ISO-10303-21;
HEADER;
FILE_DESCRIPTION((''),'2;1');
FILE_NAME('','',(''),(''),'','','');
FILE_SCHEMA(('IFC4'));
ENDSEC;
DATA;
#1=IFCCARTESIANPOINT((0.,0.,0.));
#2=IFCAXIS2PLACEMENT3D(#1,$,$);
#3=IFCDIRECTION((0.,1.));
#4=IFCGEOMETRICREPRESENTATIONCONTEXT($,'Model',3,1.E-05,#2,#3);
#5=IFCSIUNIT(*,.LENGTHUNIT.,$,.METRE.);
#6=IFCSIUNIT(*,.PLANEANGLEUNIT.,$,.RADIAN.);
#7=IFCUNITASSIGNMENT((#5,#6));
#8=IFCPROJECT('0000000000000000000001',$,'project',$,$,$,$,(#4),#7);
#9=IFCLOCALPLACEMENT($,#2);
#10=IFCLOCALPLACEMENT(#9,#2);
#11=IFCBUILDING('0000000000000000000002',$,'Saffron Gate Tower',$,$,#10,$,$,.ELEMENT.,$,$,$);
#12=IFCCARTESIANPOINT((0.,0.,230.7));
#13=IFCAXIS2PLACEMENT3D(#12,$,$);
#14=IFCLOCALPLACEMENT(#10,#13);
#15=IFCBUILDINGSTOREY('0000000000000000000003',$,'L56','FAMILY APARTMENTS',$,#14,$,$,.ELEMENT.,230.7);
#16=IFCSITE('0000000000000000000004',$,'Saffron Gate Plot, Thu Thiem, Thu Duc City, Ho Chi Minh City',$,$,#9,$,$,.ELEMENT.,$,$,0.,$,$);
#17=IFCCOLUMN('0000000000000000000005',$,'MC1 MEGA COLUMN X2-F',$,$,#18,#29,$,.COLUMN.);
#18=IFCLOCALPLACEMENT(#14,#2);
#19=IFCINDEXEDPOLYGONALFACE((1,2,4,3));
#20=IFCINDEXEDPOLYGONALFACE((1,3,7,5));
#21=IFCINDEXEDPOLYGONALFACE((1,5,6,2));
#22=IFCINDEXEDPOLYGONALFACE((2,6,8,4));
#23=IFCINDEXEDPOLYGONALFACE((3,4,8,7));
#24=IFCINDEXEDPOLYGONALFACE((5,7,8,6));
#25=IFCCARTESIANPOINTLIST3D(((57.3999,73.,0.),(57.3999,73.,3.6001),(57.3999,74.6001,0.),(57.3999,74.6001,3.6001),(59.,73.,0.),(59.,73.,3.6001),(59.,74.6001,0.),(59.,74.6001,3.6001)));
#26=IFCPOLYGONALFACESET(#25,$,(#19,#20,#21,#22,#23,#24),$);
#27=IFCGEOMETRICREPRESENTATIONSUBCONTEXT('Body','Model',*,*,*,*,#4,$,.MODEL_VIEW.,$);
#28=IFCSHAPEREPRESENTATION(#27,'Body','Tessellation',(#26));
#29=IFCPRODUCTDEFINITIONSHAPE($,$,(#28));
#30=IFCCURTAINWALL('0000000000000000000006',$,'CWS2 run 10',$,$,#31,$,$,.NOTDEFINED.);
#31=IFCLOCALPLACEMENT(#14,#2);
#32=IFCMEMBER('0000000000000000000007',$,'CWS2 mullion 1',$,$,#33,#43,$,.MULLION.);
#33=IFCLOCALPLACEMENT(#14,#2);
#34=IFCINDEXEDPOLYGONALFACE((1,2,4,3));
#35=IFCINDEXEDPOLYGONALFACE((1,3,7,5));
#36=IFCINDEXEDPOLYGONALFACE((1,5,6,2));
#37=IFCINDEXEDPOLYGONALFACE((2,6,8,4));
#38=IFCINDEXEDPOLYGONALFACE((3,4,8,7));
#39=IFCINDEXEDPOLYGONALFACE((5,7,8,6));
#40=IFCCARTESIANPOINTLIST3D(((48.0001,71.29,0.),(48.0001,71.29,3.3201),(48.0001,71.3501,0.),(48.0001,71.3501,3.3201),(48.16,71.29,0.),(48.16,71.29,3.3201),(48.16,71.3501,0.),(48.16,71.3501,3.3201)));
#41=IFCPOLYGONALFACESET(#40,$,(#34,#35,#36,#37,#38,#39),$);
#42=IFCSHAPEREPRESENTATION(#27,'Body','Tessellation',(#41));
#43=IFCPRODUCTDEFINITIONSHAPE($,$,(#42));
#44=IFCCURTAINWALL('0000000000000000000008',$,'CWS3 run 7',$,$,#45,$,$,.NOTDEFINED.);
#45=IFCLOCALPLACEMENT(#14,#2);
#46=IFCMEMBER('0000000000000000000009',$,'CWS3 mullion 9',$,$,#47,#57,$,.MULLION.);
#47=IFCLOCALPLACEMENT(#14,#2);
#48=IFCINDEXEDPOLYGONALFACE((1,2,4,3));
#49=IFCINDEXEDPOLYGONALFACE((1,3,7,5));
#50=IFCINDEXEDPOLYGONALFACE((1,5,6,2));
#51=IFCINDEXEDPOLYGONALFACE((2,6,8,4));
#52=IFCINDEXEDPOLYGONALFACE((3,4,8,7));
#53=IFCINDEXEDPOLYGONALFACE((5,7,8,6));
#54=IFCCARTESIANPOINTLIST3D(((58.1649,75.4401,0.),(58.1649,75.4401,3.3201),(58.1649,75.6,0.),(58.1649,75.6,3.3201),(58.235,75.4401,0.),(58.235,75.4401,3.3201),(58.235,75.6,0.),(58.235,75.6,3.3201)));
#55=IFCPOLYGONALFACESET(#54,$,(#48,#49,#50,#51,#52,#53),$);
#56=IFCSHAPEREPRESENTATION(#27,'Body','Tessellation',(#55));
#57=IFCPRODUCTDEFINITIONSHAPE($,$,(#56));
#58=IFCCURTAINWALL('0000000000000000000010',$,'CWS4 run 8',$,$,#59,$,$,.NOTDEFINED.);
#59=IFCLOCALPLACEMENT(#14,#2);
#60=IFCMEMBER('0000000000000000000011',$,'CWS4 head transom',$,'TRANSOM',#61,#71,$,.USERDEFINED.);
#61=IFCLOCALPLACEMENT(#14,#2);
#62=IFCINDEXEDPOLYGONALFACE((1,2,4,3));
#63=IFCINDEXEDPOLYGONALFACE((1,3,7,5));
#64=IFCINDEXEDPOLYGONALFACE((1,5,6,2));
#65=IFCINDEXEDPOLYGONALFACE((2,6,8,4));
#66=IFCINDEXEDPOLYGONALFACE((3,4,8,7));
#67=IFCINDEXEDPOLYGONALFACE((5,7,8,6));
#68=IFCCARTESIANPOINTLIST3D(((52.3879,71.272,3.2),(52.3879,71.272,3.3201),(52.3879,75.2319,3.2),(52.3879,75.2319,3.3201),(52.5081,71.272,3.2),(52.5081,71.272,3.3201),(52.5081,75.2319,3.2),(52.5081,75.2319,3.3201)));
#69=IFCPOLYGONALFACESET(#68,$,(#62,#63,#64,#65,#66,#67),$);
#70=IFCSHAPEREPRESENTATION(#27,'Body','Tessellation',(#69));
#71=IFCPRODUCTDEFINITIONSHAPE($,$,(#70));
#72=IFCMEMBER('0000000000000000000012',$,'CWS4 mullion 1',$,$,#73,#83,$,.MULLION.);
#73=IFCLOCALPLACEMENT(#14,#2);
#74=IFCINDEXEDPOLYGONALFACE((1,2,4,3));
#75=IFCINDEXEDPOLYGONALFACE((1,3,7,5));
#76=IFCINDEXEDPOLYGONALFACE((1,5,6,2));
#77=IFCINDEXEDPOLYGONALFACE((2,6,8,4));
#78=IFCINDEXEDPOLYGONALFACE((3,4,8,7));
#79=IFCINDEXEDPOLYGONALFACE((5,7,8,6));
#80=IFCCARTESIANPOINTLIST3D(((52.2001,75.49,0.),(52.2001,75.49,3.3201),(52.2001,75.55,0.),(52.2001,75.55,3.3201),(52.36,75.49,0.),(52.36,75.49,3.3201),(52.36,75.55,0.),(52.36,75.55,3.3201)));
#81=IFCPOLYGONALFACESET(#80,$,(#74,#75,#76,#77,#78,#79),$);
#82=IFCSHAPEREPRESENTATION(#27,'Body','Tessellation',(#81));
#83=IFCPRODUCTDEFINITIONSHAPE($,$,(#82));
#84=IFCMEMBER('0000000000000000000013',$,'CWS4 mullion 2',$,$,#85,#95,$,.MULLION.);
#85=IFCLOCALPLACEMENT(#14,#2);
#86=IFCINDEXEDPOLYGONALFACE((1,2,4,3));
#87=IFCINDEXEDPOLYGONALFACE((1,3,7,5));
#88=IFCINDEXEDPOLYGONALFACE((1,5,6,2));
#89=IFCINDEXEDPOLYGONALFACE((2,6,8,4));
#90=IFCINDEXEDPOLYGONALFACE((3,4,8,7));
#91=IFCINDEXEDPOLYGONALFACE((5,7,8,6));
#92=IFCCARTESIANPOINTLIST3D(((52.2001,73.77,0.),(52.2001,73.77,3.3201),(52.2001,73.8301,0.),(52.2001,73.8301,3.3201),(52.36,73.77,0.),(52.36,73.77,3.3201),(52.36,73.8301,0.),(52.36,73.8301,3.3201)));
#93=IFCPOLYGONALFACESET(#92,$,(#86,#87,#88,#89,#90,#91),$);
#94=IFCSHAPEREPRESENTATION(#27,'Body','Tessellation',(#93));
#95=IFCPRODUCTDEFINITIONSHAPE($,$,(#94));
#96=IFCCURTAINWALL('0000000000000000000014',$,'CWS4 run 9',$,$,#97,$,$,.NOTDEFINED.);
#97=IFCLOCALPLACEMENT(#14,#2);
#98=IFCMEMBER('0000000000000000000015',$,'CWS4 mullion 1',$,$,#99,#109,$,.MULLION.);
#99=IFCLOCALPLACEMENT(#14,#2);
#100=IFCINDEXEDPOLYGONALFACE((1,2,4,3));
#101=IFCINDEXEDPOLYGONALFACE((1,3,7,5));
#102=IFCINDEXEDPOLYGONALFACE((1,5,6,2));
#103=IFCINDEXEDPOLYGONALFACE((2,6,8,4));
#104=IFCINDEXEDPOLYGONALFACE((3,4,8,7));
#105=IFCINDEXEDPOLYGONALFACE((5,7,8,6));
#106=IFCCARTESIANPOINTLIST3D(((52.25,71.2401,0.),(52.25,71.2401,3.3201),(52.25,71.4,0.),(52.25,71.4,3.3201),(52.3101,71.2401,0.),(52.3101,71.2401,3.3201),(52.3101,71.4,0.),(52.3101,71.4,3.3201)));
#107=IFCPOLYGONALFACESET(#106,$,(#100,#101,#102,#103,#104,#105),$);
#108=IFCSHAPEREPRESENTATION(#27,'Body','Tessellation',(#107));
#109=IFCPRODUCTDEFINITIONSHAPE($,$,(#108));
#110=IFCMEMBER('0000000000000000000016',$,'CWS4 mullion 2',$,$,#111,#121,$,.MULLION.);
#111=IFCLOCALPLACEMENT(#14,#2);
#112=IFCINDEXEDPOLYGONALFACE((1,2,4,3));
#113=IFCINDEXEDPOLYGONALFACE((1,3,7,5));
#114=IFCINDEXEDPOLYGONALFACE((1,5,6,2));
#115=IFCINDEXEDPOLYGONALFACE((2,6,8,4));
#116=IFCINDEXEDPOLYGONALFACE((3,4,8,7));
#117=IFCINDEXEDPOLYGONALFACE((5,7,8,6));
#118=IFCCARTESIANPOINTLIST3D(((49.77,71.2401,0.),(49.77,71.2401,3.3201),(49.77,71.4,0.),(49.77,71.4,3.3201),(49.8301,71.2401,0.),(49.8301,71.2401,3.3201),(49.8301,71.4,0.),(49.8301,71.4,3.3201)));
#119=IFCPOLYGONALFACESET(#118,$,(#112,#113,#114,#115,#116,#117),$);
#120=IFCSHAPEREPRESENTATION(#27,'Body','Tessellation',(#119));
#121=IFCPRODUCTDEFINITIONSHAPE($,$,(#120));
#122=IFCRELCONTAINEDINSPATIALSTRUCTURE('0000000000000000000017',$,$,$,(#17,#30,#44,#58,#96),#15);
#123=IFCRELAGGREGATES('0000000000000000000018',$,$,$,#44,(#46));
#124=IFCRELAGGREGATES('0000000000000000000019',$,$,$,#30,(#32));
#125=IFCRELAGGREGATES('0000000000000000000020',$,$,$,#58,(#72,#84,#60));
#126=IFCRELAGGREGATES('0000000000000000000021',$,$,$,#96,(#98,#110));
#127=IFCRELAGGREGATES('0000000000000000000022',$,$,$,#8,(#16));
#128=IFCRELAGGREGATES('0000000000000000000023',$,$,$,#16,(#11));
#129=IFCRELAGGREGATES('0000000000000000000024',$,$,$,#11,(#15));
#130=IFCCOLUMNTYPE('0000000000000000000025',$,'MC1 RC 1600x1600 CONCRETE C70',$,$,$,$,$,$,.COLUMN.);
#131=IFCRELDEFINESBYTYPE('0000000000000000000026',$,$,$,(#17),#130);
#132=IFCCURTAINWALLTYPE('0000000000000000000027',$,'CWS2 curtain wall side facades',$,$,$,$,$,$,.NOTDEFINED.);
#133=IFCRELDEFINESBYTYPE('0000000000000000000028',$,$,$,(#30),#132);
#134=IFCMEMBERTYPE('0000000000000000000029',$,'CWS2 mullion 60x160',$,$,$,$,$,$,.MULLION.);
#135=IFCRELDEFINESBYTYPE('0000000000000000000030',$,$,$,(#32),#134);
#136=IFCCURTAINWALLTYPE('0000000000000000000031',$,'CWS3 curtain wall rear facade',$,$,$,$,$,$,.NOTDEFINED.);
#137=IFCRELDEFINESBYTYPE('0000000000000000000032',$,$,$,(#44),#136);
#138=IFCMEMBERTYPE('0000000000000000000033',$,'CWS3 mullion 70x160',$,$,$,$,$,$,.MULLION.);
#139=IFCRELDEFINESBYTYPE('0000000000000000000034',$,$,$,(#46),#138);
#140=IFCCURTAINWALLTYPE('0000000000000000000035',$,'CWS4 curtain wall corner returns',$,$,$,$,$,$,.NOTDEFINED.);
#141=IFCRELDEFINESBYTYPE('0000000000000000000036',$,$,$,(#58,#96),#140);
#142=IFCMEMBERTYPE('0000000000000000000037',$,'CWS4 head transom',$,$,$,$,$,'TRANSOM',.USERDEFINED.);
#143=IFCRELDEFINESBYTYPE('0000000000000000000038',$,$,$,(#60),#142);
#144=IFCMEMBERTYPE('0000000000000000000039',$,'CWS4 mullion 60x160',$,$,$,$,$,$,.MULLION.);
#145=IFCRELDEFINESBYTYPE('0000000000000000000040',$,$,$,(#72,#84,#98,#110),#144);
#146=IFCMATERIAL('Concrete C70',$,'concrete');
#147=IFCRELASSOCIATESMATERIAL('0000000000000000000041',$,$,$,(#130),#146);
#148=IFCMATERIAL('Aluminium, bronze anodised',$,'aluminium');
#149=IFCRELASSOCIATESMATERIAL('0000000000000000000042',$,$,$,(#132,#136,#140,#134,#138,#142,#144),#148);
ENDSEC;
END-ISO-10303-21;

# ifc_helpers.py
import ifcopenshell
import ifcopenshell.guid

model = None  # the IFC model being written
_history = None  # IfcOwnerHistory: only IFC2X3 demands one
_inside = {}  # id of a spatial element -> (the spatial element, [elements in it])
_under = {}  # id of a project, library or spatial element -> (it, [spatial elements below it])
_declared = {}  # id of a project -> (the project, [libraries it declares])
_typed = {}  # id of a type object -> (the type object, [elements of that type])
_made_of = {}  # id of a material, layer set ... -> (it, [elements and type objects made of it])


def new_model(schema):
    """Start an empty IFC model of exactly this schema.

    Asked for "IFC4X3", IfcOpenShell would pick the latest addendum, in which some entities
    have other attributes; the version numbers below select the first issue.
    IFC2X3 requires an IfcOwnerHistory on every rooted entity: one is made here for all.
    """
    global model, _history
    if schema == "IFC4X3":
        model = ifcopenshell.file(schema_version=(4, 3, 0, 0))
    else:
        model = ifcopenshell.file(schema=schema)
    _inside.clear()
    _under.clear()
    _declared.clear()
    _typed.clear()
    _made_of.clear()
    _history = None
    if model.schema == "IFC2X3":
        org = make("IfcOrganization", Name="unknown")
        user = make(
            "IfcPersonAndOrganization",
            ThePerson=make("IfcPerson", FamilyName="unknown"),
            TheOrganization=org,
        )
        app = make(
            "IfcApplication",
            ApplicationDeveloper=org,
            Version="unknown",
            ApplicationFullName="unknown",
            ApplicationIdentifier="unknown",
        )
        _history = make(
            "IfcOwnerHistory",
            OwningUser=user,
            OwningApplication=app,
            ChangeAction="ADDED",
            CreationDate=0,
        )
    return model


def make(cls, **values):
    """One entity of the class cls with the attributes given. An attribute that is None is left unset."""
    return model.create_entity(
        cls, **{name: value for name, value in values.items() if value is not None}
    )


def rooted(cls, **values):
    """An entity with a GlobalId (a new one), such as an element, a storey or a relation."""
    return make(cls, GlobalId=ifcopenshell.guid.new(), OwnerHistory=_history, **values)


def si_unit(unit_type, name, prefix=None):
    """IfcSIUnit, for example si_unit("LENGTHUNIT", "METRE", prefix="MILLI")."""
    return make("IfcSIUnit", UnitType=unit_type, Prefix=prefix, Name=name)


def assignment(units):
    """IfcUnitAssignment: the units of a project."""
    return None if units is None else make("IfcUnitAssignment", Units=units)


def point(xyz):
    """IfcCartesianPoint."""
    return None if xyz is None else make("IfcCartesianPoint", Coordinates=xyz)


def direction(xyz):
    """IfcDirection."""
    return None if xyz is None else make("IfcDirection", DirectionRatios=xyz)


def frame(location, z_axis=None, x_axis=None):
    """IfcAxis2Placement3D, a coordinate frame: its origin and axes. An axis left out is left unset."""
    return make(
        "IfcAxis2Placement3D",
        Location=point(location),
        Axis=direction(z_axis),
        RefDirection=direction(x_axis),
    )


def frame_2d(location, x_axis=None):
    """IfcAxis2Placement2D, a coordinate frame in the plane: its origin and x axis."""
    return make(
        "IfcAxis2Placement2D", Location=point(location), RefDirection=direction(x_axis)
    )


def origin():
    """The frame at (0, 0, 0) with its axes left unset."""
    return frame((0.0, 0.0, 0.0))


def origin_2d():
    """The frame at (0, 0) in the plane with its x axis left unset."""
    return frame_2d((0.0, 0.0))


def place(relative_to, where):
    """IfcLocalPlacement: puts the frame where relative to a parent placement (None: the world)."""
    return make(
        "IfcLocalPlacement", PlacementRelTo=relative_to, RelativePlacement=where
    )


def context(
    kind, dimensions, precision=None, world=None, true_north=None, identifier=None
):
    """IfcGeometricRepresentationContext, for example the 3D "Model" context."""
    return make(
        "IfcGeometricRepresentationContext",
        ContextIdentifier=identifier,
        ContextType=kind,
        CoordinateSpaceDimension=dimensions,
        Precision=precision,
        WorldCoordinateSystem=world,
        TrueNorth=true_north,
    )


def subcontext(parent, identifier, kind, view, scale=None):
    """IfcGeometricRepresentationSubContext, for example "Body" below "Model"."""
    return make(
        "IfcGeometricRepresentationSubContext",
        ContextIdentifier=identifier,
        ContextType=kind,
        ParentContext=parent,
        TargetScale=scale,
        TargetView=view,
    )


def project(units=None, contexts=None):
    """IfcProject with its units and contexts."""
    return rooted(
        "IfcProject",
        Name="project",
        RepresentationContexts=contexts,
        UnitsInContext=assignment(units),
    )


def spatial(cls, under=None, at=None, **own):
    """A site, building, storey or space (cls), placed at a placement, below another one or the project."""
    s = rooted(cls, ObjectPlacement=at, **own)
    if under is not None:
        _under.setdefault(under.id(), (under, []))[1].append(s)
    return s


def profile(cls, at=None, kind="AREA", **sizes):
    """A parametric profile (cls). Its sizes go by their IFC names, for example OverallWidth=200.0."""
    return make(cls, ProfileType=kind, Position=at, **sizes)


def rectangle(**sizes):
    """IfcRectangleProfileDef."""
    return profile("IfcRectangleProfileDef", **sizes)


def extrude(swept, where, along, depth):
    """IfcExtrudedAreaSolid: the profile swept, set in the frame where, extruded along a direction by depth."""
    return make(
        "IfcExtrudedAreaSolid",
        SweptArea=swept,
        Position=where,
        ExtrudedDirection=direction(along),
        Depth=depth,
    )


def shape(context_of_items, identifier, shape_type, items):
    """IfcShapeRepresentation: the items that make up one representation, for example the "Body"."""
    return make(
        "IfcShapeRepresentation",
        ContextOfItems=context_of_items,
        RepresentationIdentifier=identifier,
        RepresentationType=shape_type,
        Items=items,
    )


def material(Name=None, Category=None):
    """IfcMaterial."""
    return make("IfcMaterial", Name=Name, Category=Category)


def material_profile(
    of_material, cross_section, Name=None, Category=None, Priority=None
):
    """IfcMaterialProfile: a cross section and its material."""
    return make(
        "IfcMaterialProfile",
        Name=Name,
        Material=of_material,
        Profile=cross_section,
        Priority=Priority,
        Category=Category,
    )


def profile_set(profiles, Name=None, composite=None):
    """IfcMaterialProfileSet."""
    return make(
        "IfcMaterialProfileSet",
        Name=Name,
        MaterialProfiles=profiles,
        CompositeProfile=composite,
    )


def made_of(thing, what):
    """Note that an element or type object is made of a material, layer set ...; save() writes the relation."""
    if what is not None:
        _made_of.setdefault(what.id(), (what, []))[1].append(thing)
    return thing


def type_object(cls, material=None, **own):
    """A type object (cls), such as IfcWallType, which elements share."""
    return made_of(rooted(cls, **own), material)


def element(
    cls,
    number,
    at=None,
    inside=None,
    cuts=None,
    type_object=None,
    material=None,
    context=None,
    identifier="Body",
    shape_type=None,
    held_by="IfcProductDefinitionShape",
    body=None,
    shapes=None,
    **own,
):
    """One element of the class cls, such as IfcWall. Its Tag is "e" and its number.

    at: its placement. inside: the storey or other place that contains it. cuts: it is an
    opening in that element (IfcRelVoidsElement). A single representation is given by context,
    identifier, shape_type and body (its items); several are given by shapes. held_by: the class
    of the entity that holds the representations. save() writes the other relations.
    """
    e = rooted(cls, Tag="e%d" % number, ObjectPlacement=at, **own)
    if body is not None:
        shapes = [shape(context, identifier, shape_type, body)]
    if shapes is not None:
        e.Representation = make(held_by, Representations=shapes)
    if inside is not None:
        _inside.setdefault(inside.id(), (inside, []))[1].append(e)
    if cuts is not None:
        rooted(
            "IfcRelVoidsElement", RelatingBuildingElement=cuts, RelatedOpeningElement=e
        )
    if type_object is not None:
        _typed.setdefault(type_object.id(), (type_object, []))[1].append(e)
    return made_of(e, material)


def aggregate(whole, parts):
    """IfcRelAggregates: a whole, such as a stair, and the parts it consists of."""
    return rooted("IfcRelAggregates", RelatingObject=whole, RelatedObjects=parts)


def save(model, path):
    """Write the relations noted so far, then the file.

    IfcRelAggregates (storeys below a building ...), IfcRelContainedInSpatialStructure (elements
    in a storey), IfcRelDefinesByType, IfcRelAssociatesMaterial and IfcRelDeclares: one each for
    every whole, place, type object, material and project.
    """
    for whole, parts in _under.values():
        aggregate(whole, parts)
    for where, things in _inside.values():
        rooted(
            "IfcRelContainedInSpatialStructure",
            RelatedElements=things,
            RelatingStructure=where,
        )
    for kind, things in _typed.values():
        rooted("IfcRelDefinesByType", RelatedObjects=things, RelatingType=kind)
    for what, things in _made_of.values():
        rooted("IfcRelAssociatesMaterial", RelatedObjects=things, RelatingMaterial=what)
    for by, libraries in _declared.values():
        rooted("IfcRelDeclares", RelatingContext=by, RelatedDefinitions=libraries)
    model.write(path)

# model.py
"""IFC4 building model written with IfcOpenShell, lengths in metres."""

from ifc_helpers import new_model, si_unit, direction, frame, origin, origin_2d, place, context, subcontext, project, spatial, rectangle, extrude, material, material_profile, profile_set, type_object, element, aggregate, save


model = new_model("IFC4")

# Units and contexts
model_context = context("Model", 3, precision=1e-05, world=origin(), true_north=direction((0.0, 1.0)))
body_context = subcontext(model_context, "Body", "Model", "MODEL_VIEW")
ifc_project = project(units=[si_unit("LENGTHUNIT", "METRE"), si_unit("PLANEANGLEUNIT", "RADIAN")], contexts=[model_context])

# Site, building, storey
site_placement = place(None, origin())
site = spatial("IfcSite", under=ifc_project, at=site_placement, Name="Saffron Gate Plot, Thu Thiem, Thu Duc City, Ho Chi Minh City", CompositionType="ELEMENT", RefElevation=0.0)
building_placement = place(site_placement, origin())
building = spatial("IfcBuilding", under=site, at=building_placement, Name="Saffron Gate Tower", CompositionType="ELEMENT")
storey_placement = place(building_placement, frame((0.0, 0.0, 230.7)))
storey = spatial("IfcBuildingStorey", under=building, at=storey_placement, Name="L56", Description="FAMILY APARTMENTS", CompositionType="ELEMENT", Elevation=230.7)

# Column
ifc_material_1 = material(Name="Concrete C70", Category="concrete")
ifc_material_profile_1 = material_profile(ifc_material_1, rectangle(XDim=1.6001, YDim=1.6001, at=origin_2d()))
ifc_profile_set_1 = profile_set([ifc_material_profile_1], Name="Concrete C70")
column_type = type_object("IfcColumnType", Name="MC1 RC 1600x1600 CONCRETE C70", PredefinedType="COLUMN", material=ifc_profile_set_1)
column_placement = place(storey_placement, frame((58.2, 73.8, 0.0), z_axis=(0.0, 0.0, 1.0), x_axis=(1.0, 0.0, 0.0)))
element("IfcColumn", 1, at=column_placement, inside=storey, type_object=column_type, Name="MC1 MEGA COLUMN X2-F", PredefinedType="COLUMN", context=body_context, shape_type="SweptSolid", body=[
    extrude(rectangle(XDim=1.6001, YDim=1.6001, at=origin_2d()), origin(), (0.0, 0.0, 1.0), 3.6001),
])

# Curtain walls, members
ifc_material_2 = material(Name="Aluminium, bronze anodised", Category="aluminium")
curtain_wall_type_1 = type_object("IfcCurtainWallType", Name="CWS2 curtain wall side facades", PredefinedType="NOTDEFINED", material=ifc_material_2)
curtain_wall_1_placement = place(storey_placement, origin())
curtain_wall_1 = element("IfcCurtainWall", 2, at=curtain_wall_1_placement, inside=storey, type_object=curtain_wall_type_1, Name="CWS2 run 10", PredefinedType="NOTDEFINED")
ifc_material_profile_2 = material_profile(ifc_material_2, rectangle(XDim=0.1599, YDim=0.0601, at=origin_2d()))
ifc_profile_set_2 = profile_set([ifc_material_profile_2], Name="Aluminium, bronze anodised")
member_type_1 = type_object("IfcMemberType", Name="CWS2 mullion 60x160", PredefinedType="MULLION", material=ifc_profile_set_2)
member_1_placement = place(storey_placement, frame((48.0801, 71.3201, 0.0), z_axis=(0.0, 0.0, 1.0), x_axis=(1.0, 0.0, 0.0)))
member_1 = element("IfcMember", 3, at=member_1_placement, type_object=member_type_1, Name="CWS2 mullion 1", PredefinedType="MULLION", context=body_context, shape_type="SweptSolid", body=[
    extrude(rectangle(XDim=0.1599, YDim=0.0601, at=origin_2d()), origin(), (0.0, 0.0, 1.0), 3.3201),
])
curtain_wall_type_2 = type_object("IfcCurtainWallType", Name="CWS3 curtain wall rear facade", PredefinedType="NOTDEFINED", material=ifc_material_2)
curtain_wall_2_placement = place(storey_placement, origin())
curtain_wall_2 = element("IfcCurtainWall", 4, at=curtain_wall_2_placement, inside=storey, type_object=curtain_wall_type_2, Name="CWS3 run 7", PredefinedType="NOTDEFINED")
ifc_material_profile_3 = material_profile(ifc_material_2, rectangle(XDim=0.1599, YDim=0.0701, at=origin_2d()))
ifc_profile_set_3 = profile_set([ifc_material_profile_3], Name="Aluminium, bronze anodised")
member_type_2 = type_object("IfcMemberType", Name="CWS3 mullion 70x160", PredefinedType="MULLION", material=ifc_profile_set_3)
member_2_placement = place(storey_placement, frame((58.2, 75.52, 0.0), z_axis=(0.0, 0.0, 1.0), x_axis=(0.0, -1.0, 0.0)))
member_2 = element("IfcMember", 5, at=member_2_placement, type_object=member_type_2, Name="CWS3 mullion 9", PredefinedType="MULLION", context=body_context, shape_type="SweptSolid", body=[
    extrude(rectangle(XDim=0.1599, YDim=0.0701, at=origin_2d()), origin(), (0.0, 0.0, 1.0), 3.3201),
])
aggregate(curtain_wall_2, [member_2])

# Curtain walls, members
curtain_wall_type_3 = type_object("IfcCurtainWallType", Name="CWS4 curtain wall corner returns", PredefinedType="NOTDEFINED", material=ifc_material_2)
curtain_wall_3_placement = place(storey_placement, origin())
curtain_wall_3 = element("IfcCurtainWall", 6, at=curtain_wall_3_placement, inside=storey, type_object=curtain_wall_type_3, Name="CWS4 run 8", PredefinedType="NOTDEFINED")
ifc_material_profile_4 = material_profile(ifc_material_2, rectangle(XDim=0.1201, YDim=0.1201, at=origin_2d()))
ifc_profile_set_4 = profile_set([ifc_material_profile_4], Name="Aluminium, bronze anodised")
member_type_3 = type_object("IfcMemberType", Name="CWS4 head transom", ElementType="TRANSOM", PredefinedType="USERDEFINED", material=ifc_profile_set_4)
member_3_placement = place(storey_placement, frame((52.448, 75.2319, 3.26), z_axis=(0.0, -1.0, 0.0), x_axis=(1.0, 0.0, 0.0)))
member_3 = element("IfcMember", 7, at=member_3_placement, type_object=member_type_3, Name="CWS4 head transom", ObjectType="TRANSOM", PredefinedType="USERDEFINED", context=body_context, shape_type="SweptSolid", body=[
    extrude(rectangle(XDim=0.1201, YDim=0.1201, at=origin_2d()), origin(), (0.0, 0.0, 1.0), 3.96),
])
ifc_material_profile_5 = material_profile(ifc_material_2, rectangle(XDim=0.1599, YDim=0.0601, at=origin_2d()))
ifc_profile_set_5 = profile_set([ifc_material_profile_5], Name="Aluminium, bronze anodised")
member_type_4 = type_object("IfcMemberType", Name="CWS4 mullion 60x160", PredefinedType="MULLION", material=ifc_profile_set_5)
member_4_placement = place(storey_placement, frame((52.28, 75.52, 0.0), z_axis=(0.0, 0.0, 1.0), x_axis=(1.0, 0.0, 0.0)))
member_4 = element("IfcMember", 8, at=member_4_placement, type_object=member_type_4, Name="CWS4 mullion 1", PredefinedType="MULLION", context=body_context, shape_type="SweptSolid", body=[
    extrude(rectangle(XDim=0.1599, YDim=0.0601, at=origin_2d()), origin(), (0.0, 0.0, 1.0), 3.3201),
])
member_5_placement = place(storey_placement, frame((52.28, 73.8, 0.0), z_axis=(0.0, 0.0, 1.0), x_axis=(1.0, 0.0, 0.0)))
member_5 = element("IfcMember", 9, at=member_5_placement, type_object=member_type_4, Name="CWS4 mullion 2", PredefinedType="MULLION", context=body_context, shape_type="SweptSolid", body=[
    extrude(rectangle(XDim=0.1599, YDim=0.0601, at=origin_2d()), origin(), (0.0, 0.0, 1.0), 3.3201),
])
curtain_wall_4_placement = place(storey_placement, origin())
curtain_wall_4 = element("IfcCurtainWall", 10, at=curtain_wall_4_placement, inside=storey, type_object=curtain_wall_type_3, Name="CWS4 run 9", PredefinedType="NOTDEFINED")
member_6_placement = place(storey_placement, frame((52.28, 71.3201, 0.0), z_axis=(0.0, 0.0, 1.0), x_axis=(0.0, -1.0, 0.0)))
member_6 = element("IfcMember", 11, at=member_6_placement, type_object=member_type_4, Name="CWS4 mullion 1", PredefinedType="MULLION", context=body_context, shape_type="SweptSolid", body=[
    extrude(rectangle(XDim=0.1599, YDim=0.0601, at=origin_2d()), origin(), (0.0, 0.0, 1.0), 3.3201),
])
member_7_placement = place(storey_placement, frame((49.8, 71.3201, 0.0), z_axis=(0.0, 0.0, 1.0), x_axis=(0.0, -1.0, 0.0)))
member_7 = element("IfcMember", 12, at=member_7_placement, type_object=member_type_4, Name="CWS4 mullion 2", PredefinedType="MULLION", context=body_context, shape_type="SweptSolid", body=[
    extrude(rectangle(XDim=0.1599, YDim=0.0601, at=origin_2d()), origin(), (0.0, 0.0, 1.0), 3.3201),
])

aggregate(curtain_wall_1, [member_1])

aggregate(curtain_wall_3, [member_4, member_5, member_3])
aggregate(curtain_wall_4, [member_6, member_7])

save(model, "model.ifc")
